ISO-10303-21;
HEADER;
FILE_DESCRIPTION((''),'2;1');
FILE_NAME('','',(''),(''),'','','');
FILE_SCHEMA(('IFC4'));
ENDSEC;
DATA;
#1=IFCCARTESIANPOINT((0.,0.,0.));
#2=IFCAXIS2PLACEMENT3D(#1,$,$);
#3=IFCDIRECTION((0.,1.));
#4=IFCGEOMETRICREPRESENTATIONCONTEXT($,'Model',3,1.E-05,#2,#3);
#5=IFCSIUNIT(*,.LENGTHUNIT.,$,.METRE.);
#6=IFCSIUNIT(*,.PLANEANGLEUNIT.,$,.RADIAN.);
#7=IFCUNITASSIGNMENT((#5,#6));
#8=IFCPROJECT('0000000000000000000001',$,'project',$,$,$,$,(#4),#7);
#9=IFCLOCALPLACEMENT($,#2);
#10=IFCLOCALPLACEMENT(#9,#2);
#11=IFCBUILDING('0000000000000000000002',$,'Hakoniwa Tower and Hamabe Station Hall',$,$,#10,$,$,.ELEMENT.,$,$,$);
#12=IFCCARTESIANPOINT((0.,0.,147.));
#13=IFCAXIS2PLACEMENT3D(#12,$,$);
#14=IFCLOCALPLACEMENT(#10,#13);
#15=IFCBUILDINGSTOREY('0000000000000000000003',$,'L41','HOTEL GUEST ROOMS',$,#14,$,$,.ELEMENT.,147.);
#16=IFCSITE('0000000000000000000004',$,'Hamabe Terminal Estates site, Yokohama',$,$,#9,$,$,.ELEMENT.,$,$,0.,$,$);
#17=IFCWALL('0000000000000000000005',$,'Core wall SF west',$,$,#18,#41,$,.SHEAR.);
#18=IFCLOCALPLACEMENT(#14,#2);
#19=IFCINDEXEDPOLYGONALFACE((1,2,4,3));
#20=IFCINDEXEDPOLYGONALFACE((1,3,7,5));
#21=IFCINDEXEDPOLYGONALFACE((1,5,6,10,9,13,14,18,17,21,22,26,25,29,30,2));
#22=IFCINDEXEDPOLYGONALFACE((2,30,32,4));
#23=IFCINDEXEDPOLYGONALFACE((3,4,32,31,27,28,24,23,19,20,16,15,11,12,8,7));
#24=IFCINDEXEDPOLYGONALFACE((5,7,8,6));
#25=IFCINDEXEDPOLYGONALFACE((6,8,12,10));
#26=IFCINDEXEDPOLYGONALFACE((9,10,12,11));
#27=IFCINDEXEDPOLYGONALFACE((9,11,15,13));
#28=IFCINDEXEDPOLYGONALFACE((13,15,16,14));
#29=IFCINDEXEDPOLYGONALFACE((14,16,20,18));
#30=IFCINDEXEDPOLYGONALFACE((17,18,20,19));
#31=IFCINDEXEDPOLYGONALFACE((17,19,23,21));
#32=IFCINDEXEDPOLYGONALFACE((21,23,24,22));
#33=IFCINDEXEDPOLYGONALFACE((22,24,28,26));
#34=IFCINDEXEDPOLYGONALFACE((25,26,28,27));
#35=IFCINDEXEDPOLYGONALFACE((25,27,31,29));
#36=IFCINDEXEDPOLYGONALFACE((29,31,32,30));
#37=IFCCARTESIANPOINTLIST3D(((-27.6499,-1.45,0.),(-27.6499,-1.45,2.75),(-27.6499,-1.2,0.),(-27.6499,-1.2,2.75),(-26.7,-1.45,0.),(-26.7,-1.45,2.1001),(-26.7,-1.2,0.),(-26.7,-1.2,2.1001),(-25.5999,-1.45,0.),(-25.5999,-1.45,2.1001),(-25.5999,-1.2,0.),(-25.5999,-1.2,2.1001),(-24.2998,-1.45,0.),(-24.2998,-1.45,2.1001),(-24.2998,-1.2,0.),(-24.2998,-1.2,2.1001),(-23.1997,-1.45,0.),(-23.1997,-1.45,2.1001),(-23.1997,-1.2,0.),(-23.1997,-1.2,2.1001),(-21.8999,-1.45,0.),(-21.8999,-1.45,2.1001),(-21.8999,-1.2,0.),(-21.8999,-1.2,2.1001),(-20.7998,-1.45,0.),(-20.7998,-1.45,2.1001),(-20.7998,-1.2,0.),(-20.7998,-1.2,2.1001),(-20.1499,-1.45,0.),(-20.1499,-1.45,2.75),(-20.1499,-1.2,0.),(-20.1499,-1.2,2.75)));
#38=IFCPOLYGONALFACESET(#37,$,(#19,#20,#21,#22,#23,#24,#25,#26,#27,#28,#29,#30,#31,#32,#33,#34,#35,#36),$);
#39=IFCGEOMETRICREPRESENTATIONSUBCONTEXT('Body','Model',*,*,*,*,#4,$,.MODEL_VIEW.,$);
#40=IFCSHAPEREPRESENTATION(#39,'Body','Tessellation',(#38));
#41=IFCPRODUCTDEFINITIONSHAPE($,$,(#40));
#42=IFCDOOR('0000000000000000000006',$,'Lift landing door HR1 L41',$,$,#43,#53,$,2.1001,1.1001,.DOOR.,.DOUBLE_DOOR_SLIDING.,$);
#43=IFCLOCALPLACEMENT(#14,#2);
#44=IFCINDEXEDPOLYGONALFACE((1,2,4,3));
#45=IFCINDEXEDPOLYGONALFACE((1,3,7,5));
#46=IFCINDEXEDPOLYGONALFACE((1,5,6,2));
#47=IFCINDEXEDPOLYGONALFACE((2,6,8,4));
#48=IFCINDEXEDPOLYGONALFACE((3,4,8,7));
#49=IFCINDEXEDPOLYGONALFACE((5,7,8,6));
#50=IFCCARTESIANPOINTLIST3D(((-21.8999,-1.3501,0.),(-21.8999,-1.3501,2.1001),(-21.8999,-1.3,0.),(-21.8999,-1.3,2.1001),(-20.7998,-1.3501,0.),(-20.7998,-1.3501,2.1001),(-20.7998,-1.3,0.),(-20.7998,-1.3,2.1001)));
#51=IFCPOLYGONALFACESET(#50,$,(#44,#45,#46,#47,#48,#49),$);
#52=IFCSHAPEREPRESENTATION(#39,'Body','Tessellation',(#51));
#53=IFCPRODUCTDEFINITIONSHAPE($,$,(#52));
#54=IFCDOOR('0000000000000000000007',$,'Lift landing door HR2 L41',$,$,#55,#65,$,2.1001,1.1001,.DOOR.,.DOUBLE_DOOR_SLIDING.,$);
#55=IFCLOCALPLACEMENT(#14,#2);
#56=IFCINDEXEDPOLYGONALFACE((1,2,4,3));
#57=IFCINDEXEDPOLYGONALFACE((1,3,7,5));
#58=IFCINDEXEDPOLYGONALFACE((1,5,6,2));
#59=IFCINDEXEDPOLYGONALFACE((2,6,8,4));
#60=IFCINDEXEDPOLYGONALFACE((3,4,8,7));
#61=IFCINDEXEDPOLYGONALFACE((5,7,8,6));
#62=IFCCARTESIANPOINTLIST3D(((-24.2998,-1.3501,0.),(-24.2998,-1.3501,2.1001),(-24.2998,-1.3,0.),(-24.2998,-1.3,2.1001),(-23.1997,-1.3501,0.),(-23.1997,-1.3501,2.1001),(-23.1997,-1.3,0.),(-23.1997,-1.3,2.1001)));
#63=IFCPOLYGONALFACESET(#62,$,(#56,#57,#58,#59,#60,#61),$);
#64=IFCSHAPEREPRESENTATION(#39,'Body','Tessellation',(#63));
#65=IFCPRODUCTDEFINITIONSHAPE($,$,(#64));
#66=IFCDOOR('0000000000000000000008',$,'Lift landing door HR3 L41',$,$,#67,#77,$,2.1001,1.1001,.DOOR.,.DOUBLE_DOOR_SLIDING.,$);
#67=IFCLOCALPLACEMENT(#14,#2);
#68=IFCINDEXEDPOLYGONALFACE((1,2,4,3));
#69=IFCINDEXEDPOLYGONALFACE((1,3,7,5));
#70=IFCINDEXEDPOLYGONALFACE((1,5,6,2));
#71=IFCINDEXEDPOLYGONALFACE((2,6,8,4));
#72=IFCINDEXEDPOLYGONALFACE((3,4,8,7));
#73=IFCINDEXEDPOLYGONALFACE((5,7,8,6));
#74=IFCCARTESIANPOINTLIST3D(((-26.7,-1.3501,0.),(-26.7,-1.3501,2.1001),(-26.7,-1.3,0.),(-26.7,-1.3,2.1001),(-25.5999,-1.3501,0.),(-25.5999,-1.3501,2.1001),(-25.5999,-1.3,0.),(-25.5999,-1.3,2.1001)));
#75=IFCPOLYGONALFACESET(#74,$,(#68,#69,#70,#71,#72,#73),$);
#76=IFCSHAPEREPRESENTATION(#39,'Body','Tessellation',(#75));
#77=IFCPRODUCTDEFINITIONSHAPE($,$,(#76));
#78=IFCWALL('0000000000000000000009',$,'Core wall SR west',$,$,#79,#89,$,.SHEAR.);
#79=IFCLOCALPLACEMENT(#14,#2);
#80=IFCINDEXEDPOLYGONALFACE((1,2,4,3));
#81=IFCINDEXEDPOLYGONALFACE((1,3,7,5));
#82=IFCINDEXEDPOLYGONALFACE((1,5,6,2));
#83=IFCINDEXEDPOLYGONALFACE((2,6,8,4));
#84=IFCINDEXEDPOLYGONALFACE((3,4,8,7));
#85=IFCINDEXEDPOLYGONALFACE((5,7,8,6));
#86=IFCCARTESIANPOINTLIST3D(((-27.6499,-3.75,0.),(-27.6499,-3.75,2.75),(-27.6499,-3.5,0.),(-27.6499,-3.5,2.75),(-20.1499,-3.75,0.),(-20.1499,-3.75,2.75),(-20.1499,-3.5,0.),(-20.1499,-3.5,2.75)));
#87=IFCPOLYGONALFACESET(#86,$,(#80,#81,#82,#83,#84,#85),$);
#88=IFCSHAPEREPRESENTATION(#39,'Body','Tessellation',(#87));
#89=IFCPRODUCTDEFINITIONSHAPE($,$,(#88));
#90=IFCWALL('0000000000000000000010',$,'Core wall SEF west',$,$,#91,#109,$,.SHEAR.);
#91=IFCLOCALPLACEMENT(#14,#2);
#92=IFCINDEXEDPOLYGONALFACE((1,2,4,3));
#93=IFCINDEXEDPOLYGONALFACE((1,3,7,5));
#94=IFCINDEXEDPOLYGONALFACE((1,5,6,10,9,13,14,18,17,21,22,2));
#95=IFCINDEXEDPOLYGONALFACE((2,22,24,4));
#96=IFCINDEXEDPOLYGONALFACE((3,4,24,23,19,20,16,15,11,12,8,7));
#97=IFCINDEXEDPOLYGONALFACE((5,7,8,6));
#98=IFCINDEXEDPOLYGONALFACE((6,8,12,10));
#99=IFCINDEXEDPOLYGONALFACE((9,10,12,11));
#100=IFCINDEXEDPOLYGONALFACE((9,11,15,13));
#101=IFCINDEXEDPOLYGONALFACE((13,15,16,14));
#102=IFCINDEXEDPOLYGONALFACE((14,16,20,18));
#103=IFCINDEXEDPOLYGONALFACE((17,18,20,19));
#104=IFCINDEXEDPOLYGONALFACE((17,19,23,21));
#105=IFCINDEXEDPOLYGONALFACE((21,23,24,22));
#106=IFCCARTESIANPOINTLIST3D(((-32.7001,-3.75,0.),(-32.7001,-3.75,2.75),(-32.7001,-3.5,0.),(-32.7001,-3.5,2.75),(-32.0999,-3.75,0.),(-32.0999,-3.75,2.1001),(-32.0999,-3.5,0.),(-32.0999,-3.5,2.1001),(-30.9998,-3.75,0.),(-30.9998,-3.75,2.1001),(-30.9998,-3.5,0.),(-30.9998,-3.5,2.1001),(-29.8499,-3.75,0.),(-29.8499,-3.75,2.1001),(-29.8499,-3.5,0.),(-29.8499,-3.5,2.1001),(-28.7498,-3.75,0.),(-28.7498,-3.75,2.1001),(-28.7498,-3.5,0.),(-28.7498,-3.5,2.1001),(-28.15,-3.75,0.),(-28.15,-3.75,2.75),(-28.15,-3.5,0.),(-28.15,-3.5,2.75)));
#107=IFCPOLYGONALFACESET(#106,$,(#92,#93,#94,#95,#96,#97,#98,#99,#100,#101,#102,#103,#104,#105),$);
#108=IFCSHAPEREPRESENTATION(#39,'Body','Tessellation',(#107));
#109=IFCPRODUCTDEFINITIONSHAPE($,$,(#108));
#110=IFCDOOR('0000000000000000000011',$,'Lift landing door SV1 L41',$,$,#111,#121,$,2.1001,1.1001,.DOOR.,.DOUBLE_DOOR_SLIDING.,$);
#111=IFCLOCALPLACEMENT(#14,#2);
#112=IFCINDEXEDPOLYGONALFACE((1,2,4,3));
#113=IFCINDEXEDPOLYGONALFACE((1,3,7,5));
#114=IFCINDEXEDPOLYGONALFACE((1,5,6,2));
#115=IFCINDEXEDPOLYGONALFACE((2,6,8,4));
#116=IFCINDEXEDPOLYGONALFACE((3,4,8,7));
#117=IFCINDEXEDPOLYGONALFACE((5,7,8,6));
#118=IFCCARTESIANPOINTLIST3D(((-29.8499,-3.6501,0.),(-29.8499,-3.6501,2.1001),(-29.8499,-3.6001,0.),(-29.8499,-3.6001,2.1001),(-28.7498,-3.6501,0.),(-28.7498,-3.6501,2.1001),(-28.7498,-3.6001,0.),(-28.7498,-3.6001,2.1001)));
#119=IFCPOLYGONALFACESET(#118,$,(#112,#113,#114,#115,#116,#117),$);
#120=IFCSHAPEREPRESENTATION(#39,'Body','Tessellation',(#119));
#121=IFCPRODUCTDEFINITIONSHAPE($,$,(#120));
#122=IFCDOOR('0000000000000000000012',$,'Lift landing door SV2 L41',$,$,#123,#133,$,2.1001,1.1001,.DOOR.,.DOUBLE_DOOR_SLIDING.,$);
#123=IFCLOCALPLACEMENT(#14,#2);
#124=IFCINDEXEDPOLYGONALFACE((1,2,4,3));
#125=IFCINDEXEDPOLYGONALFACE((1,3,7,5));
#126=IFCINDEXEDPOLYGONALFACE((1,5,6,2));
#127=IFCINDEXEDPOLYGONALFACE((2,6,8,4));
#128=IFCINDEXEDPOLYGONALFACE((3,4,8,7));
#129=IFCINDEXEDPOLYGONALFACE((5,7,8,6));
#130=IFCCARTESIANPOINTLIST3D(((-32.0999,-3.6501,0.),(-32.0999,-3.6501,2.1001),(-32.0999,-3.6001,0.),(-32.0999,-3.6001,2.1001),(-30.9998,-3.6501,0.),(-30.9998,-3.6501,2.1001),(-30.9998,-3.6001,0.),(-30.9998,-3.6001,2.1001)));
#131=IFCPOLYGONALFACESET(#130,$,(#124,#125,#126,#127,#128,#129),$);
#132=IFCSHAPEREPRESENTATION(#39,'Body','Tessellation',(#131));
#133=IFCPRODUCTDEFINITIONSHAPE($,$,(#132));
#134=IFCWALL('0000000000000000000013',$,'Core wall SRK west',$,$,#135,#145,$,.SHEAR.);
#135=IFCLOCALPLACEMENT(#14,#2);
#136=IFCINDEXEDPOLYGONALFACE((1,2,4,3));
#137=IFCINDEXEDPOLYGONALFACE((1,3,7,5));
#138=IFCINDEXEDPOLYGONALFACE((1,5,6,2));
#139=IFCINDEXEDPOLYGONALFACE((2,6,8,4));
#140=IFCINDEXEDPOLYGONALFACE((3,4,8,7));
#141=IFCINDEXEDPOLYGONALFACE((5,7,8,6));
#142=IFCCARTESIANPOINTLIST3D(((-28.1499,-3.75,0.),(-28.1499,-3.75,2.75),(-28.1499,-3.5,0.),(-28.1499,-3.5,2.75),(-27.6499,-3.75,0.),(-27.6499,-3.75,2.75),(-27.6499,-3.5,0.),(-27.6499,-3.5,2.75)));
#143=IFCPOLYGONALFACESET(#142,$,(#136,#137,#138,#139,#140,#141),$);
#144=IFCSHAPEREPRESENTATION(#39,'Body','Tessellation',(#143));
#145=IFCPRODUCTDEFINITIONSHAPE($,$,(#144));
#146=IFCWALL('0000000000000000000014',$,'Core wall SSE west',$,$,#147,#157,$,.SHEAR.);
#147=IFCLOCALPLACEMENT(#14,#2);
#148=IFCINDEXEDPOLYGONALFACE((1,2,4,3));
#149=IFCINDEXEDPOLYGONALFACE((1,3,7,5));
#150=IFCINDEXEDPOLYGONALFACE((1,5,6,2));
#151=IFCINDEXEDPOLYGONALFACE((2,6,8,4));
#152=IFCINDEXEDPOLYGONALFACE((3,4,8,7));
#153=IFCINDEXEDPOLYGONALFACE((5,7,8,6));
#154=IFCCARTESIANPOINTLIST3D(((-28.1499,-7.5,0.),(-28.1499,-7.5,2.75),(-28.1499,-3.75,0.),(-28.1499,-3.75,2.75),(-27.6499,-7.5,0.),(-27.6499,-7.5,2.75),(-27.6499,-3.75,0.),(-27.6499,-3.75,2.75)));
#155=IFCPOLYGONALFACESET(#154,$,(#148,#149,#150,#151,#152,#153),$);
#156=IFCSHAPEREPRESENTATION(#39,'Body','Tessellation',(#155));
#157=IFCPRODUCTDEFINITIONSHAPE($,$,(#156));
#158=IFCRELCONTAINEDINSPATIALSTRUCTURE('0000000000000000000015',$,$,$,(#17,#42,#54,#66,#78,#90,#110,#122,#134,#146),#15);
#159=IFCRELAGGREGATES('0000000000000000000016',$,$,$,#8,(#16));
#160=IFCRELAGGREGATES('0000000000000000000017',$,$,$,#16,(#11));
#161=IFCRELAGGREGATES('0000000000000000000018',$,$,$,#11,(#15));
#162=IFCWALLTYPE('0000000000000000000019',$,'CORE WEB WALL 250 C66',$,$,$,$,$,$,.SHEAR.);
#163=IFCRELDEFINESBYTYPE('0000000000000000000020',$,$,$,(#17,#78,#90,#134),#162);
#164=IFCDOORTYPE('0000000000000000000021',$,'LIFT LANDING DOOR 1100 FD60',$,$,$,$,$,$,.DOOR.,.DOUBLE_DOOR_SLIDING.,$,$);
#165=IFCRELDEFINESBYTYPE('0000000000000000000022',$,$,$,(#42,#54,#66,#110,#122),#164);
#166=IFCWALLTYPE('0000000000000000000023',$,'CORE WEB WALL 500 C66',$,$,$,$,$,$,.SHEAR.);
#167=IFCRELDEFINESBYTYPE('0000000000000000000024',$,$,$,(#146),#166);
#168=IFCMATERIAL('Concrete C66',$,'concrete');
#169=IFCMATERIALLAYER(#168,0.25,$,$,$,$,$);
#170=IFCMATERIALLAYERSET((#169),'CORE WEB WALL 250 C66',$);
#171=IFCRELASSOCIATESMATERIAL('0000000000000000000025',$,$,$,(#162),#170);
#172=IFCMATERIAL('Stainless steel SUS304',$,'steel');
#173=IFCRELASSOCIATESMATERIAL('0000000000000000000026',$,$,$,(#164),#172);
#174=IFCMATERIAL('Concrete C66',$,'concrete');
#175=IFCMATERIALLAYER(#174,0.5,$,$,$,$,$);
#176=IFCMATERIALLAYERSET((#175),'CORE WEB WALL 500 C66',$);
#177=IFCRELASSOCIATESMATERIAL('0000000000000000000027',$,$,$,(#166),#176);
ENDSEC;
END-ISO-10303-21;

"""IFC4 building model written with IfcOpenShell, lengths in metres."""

from ifc_helpers import new_model, si_unit, direction, frame, frame_2d, origin, place, context, subcontext, project, spatial, rectangle, extrude, material, layer, layer_set, type_object, element, fill, save


model = new_model("IFC4")

# Units and contexts
model_context = context("Model", 3, precision=1e-05, world=origin(), true_north=direction((0.0, 1.0)))
body_context = subcontext(model_context, "Body", "Model", "MODEL_VIEW")
ifc_project = project(units=[si_unit("LENGTHUNIT", "METRE"), si_unit("PLANEANGLEUNIT", "RADIAN")], contexts=[model_context])

# Site, building, storey
site_placement = place(None, origin())
site = spatial("IfcSite", under=ifc_project, at=site_placement, Name="Hamabe Terminal Estates site, Yokohama", CompositionType="ELEMENT", RefElevation=0.0)
building_placement = place(site_placement, origin())
building = spatial("IfcBuilding", under=site, at=building_placement, Name="Hakoniwa Tower and Hamabe Station Hall", CompositionType="ELEMENT")
storey_placement = place(building_placement, frame((0.0, 0.0, 147.0)))
storey = spatial("IfcBuildingStorey", under=building, at=storey_placement, Name="L41", Description="HOTEL GUEST ROOMS", CompositionType="ELEMENT", Elevation=147.0)

# Wall, openings, doors
ifc_material_1 = material(Name="Concrete C66", Category="concrete")
ifc_layer_1 = layer(ifc_material_1, 0.25)
ifc_layer_set_1 = layer_set([ifc_layer_1], Name="CORE WEB WALL 250 C66")
wall_type_1 = type_object("IfcWallType", Name="CORE WEB WALL 250 C66", PredefinedType="SHEAR", material=ifc_layer_set_1)
wall_1_placement = place(storey_placement, frame((-27.6499, -1.325, 0.0), z_axis=(0.0, 0.0, 1.0), x_axis=(1.0, 0.0, 0.0)))
wall_1 = element("IfcWall", 1, at=wall_1_placement, inside=storey, type_object=wall_type_1, Name="Core wall SF west", PredefinedType="SHEAR", context=body_context, shape_type="SweptSolid", body=[
    extrude(rectangle(XDim=7.5, YDim=0.25, at=frame_2d((3.75, 0.0))), origin(), (0.0, 0.0, 1.0), 2.75),
])
opening_1_placement = place(wall_1_placement, frame((5.75, 0.0, 0.0)))
opening_1 = element("IfcOpeningElement", 2, at=opening_1_placement, cuts=wall_1, PredefinedType="OPENING", context=body_context, shape_type="SweptSolid", body=[
    extrude(rectangle(XDim=1.1001, YDim=2.1001, at=frame_2d((0.55, 1.05))), frame((0.0, 0.135, 0.0), z_axis=(0.0, -1.0, 0.0), x_axis=(1.0, 0.0, 0.0)), (0.0, 0.0, 1.0), 0.27),
])
opening_2_placement = place(wall_1_placement, frame((3.3501, 0.0, 0.0)))
opening_2 = element("IfcOpeningElement", 3, at=opening_2_placement, cuts=wall_1, PredefinedType="OPENING", context=body_context, shape_type="SweptSolid", body=[
    extrude(rectangle(XDim=1.1001, YDim=2.1001, at=frame_2d((0.55, 1.05))), frame((0.0, 0.135, 0.0), z_axis=(0.0, -1.0, 0.0), x_axis=(1.0, 0.0, 0.0)), (0.0, 0.0, 1.0), 0.27),
])
opening_3_placement = place(wall_1_placement, frame((0.95, 0.0, 0.0)))
opening_3 = element("IfcOpeningElement", 4, at=opening_3_placement, cuts=wall_1, PredefinedType="OPENING", context=body_context, shape_type="SweptSolid", body=[
    extrude(rectangle(XDim=1.1001, YDim=2.1001, at=frame_2d((0.55, 1.05))), frame((0.0, 0.135, 0.0), z_axis=(0.0, -1.0, 0.0), x_axis=(1.0, 0.0, 0.0)), (0.0, 0.0, 1.0), 0.27),
])
ifc_material_2 = material(Name="Stainless steel SUS304", Category="steel")
door_type_1 = type_object("IfcDoorType", Name="LIFT LANDING DOOR 1100 FD60", OperationType="DOUBLE_DOOR_SLIDING", PredefinedType="DOOR", material=ifc_material_2)
door_1_placement = place(opening_1_placement, origin())
door_1 = element("IfcDoor", 5, at=door_1_placement, inside=storey, type_object=door_type_1, Name="Lift landing door HR1 L41", OperationType="DOUBLE_DOOR_SLIDING", OverallHeight=2.1001, OverallWidth=1.1001, PredefinedType="DOOR", context=body_context, shape_type="SweptSolid", body=[
    extrude(rectangle(XDim=1.1001, YDim=2.1001, at=frame_2d((0.55, 1.05))), frame((0.0, 0.0249, 0.0), z_axis=(0.0, -1.0, 0.0), x_axis=(1.0, 0.0, 0.0)), (0.0, 0.0, 1.0), 0.05),
])
fill(opening_1, door_1)
door_2_placement = place(opening_2_placement, origin())
door_2 = element("IfcDoor", 6, at=door_2_placement, inside=storey, type_object=door_type_1, Name="Lift landing door HR2 L41", OperationType="DOUBLE_DOOR_SLIDING", OverallHeight=2.1001, OverallWidth=1.1001, PredefinedType="DOOR", context=body_context, shape_type="SweptSolid", body=[
    extrude(rectangle(XDim=1.1001, YDim=2.1001, at=frame_2d((0.55, 1.05))), frame((0.0, 0.0249, 0.0), z_axis=(0.0, -1.0, 0.0), x_axis=(1.0, 0.0, 0.0)), (0.0, 0.0, 1.0), 0.05),
])
fill(opening_2, door_2)
door_3_placement = place(opening_3_placement, origin())
door_3 = element("IfcDoor", 7, at=door_3_placement, inside=storey, type_object=door_type_1, Name="Lift landing door HR3 L41", OperationType="DOUBLE_DOOR_SLIDING", OverallHeight=2.1001, OverallWidth=1.1001, PredefinedType="DOOR", context=body_context, shape_type="SweptSolid", body=[
    extrude(rectangle(XDim=1.1001, YDim=2.1001, at=frame_2d((0.55, 1.05))), frame((0.0, 0.0249, 0.0), z_axis=(0.0, -1.0, 0.0), x_axis=(1.0, 0.0, 0.0)), (0.0, 0.0, 1.0), 0.05),
])
fill(opening_3, door_3)

# Wall
wall_2_placement = place(storey_placement, frame((-27.6499, -3.625, 0.0), z_axis=(0.0, 0.0, 1.0), x_axis=(1.0, 0.0, 0.0)))
element("IfcWall", 8, at=wall_2_placement, inside=storey, type_object=wall_type_1, Name="Core wall SR west", PredefinedType="SHEAR", context=body_context, shape_type="SweptSolid", body=[
    extrude(rectangle(XDim=7.5, YDim=0.25, at=frame_2d((3.75, 0.0))), origin(), (0.0, 0.0, 1.0), 2.75),
])

# Wall, openings, doors
wall_3_placement = place(storey_placement, frame((-32.7, -3.625, 0.0), z_axis=(0.0, 0.0, 1.0), x_axis=(1.0, 0.0, 0.0)))
wall_3 = element("IfcWall", 9, at=wall_3_placement, inside=storey, type_object=wall_type_1, Name="Core wall SEF west", PredefinedType="SHEAR", context=body_context, shape_type="SweptSolid", body=[
    extrude(rectangle(XDim=4.55, YDim=0.25, at=frame_2d((2.2749, 0.0))), origin(), (0.0, 0.0, 1.0), 2.75),
])
opening_4_placement = place(wall_3_placement, frame((2.8501, 0.0, 0.0)))
opening_4 = element("IfcOpeningElement", 10, at=opening_4_placement, cuts=wall_3, PredefinedType="OPENING", context=body_context, shape_type="SweptSolid", body=[
    extrude(rectangle(XDim=1.1001, YDim=2.1001, at=frame_2d((0.55, 1.05))), frame((0.0, 0.135, 0.0), z_axis=(0.0, -1.0, 0.0), x_axis=(1.0, 0.0, 0.0)), (0.0, 0.0, 1.0), 0.27),
])
opening_5_placement = place(wall_3_placement, frame((0.6001, 0.0, 0.0)))
opening_5 = element("IfcOpeningElement", 11, at=opening_5_placement, cuts=wall_3, PredefinedType="OPENING", context=body_context, shape_type="SweptSolid", body=[
    extrude(rectangle(XDim=1.1001, YDim=2.1001, at=frame_2d((0.55, 1.05))), frame((0.0, 0.135, 0.0), z_axis=(0.0, -1.0, 0.0), x_axis=(1.0, 0.0, 0.0)), (0.0, 0.0, 1.0), 0.27),
])
door_4_placement = place(opening_4_placement, origin())
door_4 = element("IfcDoor", 12, at=door_4_placement, inside=storey, type_object=door_type_1, Name="Lift landing door SV1 L41", OperationType="DOUBLE_DOOR_SLIDING", OverallHeight=2.1001, OverallWidth=1.1001, PredefinedType="DOOR", context=body_context, shape_type="SweptSolid", body=[
    extrude(rectangle(XDim=1.1001, YDim=2.1001, at=frame_2d((0.55, 1.05))), frame((0.0, 0.0249, 0.0), z_axis=(0.0, -1.0, 0.0), x_axis=(1.0, 0.0, 0.0)), (0.0, 0.0, 1.0), 0.05),
])
fill(opening_4, door_4)
door_5_placement = place(opening_5_placement, origin())
door_5 = element("IfcDoor", 13, at=door_5_placement, inside=storey, type_object=door_type_1, Name="Lift landing door SV2 L41", OperationType="DOUBLE_DOOR_SLIDING", OverallHeight=2.1001, OverallWidth=1.1001, PredefinedType="DOOR", context=body_context, shape_type="SweptSolid", body=[
    extrude(rectangle(XDim=1.1001, YDim=2.1001, at=frame_2d((0.55, 1.05))), frame((0.0, 0.0249, 0.0), z_axis=(0.0, -1.0, 0.0), x_axis=(1.0, 0.0, 0.0)), (0.0, 0.0, 1.0), 0.05),
])
fill(opening_5, door_5)

# Walls
wall_4_placement = place(storey_placement, frame((-28.1499, -3.625, 0.0), z_axis=(0.0, 0.0, 1.0), x_axis=(1.0, 0.0, 0.0)))
element("IfcWall", 14, at=wall_4_placement, inside=storey, type_object=wall_type_1, Name="Core wall SRK west", PredefinedType="SHEAR", context=body_context, shape_type="SweptSolid", body=[
    extrude(rectangle(XDim=0.5, YDim=0.25, at=frame_2d((0.25, 0.0))), origin(), (0.0, 0.0, 1.0), 2.75),
])
ifc_material_3 = material(Name="Concrete C66", Category="concrete")
ifc_layer_2 = layer(ifc_material_3, 0.5)
ifc_layer_set_2 = layer_set([ifc_layer_2], Name="CORE WEB WALL 500 C66")
wall_type_2 = type_object("IfcWallType", Name="CORE WEB WALL 500 C66", PredefinedType="SHEAR", material=ifc_layer_set_2)
wall_5_placement = place(storey_placement, frame((-27.8999, -7.5, 0.0), z_axis=(0.0, 0.0, 1.0), x_axis=(0.0, 1.0, 0.0)))
element("IfcWall", 15, at=wall_5_placement, inside=storey, type_object=wall_type_2, Name="Core wall SSE west", PredefinedType="SHEAR", context=body_context, shape_type="SweptSolid", body=[
    extrude(rectangle(XDim=3.75, YDim=0.5, at=frame_2d((1.875, 0.0))), origin(), (0.0, 0.0, 1.0), 2.75),
])

save(model, "model.ifc")
